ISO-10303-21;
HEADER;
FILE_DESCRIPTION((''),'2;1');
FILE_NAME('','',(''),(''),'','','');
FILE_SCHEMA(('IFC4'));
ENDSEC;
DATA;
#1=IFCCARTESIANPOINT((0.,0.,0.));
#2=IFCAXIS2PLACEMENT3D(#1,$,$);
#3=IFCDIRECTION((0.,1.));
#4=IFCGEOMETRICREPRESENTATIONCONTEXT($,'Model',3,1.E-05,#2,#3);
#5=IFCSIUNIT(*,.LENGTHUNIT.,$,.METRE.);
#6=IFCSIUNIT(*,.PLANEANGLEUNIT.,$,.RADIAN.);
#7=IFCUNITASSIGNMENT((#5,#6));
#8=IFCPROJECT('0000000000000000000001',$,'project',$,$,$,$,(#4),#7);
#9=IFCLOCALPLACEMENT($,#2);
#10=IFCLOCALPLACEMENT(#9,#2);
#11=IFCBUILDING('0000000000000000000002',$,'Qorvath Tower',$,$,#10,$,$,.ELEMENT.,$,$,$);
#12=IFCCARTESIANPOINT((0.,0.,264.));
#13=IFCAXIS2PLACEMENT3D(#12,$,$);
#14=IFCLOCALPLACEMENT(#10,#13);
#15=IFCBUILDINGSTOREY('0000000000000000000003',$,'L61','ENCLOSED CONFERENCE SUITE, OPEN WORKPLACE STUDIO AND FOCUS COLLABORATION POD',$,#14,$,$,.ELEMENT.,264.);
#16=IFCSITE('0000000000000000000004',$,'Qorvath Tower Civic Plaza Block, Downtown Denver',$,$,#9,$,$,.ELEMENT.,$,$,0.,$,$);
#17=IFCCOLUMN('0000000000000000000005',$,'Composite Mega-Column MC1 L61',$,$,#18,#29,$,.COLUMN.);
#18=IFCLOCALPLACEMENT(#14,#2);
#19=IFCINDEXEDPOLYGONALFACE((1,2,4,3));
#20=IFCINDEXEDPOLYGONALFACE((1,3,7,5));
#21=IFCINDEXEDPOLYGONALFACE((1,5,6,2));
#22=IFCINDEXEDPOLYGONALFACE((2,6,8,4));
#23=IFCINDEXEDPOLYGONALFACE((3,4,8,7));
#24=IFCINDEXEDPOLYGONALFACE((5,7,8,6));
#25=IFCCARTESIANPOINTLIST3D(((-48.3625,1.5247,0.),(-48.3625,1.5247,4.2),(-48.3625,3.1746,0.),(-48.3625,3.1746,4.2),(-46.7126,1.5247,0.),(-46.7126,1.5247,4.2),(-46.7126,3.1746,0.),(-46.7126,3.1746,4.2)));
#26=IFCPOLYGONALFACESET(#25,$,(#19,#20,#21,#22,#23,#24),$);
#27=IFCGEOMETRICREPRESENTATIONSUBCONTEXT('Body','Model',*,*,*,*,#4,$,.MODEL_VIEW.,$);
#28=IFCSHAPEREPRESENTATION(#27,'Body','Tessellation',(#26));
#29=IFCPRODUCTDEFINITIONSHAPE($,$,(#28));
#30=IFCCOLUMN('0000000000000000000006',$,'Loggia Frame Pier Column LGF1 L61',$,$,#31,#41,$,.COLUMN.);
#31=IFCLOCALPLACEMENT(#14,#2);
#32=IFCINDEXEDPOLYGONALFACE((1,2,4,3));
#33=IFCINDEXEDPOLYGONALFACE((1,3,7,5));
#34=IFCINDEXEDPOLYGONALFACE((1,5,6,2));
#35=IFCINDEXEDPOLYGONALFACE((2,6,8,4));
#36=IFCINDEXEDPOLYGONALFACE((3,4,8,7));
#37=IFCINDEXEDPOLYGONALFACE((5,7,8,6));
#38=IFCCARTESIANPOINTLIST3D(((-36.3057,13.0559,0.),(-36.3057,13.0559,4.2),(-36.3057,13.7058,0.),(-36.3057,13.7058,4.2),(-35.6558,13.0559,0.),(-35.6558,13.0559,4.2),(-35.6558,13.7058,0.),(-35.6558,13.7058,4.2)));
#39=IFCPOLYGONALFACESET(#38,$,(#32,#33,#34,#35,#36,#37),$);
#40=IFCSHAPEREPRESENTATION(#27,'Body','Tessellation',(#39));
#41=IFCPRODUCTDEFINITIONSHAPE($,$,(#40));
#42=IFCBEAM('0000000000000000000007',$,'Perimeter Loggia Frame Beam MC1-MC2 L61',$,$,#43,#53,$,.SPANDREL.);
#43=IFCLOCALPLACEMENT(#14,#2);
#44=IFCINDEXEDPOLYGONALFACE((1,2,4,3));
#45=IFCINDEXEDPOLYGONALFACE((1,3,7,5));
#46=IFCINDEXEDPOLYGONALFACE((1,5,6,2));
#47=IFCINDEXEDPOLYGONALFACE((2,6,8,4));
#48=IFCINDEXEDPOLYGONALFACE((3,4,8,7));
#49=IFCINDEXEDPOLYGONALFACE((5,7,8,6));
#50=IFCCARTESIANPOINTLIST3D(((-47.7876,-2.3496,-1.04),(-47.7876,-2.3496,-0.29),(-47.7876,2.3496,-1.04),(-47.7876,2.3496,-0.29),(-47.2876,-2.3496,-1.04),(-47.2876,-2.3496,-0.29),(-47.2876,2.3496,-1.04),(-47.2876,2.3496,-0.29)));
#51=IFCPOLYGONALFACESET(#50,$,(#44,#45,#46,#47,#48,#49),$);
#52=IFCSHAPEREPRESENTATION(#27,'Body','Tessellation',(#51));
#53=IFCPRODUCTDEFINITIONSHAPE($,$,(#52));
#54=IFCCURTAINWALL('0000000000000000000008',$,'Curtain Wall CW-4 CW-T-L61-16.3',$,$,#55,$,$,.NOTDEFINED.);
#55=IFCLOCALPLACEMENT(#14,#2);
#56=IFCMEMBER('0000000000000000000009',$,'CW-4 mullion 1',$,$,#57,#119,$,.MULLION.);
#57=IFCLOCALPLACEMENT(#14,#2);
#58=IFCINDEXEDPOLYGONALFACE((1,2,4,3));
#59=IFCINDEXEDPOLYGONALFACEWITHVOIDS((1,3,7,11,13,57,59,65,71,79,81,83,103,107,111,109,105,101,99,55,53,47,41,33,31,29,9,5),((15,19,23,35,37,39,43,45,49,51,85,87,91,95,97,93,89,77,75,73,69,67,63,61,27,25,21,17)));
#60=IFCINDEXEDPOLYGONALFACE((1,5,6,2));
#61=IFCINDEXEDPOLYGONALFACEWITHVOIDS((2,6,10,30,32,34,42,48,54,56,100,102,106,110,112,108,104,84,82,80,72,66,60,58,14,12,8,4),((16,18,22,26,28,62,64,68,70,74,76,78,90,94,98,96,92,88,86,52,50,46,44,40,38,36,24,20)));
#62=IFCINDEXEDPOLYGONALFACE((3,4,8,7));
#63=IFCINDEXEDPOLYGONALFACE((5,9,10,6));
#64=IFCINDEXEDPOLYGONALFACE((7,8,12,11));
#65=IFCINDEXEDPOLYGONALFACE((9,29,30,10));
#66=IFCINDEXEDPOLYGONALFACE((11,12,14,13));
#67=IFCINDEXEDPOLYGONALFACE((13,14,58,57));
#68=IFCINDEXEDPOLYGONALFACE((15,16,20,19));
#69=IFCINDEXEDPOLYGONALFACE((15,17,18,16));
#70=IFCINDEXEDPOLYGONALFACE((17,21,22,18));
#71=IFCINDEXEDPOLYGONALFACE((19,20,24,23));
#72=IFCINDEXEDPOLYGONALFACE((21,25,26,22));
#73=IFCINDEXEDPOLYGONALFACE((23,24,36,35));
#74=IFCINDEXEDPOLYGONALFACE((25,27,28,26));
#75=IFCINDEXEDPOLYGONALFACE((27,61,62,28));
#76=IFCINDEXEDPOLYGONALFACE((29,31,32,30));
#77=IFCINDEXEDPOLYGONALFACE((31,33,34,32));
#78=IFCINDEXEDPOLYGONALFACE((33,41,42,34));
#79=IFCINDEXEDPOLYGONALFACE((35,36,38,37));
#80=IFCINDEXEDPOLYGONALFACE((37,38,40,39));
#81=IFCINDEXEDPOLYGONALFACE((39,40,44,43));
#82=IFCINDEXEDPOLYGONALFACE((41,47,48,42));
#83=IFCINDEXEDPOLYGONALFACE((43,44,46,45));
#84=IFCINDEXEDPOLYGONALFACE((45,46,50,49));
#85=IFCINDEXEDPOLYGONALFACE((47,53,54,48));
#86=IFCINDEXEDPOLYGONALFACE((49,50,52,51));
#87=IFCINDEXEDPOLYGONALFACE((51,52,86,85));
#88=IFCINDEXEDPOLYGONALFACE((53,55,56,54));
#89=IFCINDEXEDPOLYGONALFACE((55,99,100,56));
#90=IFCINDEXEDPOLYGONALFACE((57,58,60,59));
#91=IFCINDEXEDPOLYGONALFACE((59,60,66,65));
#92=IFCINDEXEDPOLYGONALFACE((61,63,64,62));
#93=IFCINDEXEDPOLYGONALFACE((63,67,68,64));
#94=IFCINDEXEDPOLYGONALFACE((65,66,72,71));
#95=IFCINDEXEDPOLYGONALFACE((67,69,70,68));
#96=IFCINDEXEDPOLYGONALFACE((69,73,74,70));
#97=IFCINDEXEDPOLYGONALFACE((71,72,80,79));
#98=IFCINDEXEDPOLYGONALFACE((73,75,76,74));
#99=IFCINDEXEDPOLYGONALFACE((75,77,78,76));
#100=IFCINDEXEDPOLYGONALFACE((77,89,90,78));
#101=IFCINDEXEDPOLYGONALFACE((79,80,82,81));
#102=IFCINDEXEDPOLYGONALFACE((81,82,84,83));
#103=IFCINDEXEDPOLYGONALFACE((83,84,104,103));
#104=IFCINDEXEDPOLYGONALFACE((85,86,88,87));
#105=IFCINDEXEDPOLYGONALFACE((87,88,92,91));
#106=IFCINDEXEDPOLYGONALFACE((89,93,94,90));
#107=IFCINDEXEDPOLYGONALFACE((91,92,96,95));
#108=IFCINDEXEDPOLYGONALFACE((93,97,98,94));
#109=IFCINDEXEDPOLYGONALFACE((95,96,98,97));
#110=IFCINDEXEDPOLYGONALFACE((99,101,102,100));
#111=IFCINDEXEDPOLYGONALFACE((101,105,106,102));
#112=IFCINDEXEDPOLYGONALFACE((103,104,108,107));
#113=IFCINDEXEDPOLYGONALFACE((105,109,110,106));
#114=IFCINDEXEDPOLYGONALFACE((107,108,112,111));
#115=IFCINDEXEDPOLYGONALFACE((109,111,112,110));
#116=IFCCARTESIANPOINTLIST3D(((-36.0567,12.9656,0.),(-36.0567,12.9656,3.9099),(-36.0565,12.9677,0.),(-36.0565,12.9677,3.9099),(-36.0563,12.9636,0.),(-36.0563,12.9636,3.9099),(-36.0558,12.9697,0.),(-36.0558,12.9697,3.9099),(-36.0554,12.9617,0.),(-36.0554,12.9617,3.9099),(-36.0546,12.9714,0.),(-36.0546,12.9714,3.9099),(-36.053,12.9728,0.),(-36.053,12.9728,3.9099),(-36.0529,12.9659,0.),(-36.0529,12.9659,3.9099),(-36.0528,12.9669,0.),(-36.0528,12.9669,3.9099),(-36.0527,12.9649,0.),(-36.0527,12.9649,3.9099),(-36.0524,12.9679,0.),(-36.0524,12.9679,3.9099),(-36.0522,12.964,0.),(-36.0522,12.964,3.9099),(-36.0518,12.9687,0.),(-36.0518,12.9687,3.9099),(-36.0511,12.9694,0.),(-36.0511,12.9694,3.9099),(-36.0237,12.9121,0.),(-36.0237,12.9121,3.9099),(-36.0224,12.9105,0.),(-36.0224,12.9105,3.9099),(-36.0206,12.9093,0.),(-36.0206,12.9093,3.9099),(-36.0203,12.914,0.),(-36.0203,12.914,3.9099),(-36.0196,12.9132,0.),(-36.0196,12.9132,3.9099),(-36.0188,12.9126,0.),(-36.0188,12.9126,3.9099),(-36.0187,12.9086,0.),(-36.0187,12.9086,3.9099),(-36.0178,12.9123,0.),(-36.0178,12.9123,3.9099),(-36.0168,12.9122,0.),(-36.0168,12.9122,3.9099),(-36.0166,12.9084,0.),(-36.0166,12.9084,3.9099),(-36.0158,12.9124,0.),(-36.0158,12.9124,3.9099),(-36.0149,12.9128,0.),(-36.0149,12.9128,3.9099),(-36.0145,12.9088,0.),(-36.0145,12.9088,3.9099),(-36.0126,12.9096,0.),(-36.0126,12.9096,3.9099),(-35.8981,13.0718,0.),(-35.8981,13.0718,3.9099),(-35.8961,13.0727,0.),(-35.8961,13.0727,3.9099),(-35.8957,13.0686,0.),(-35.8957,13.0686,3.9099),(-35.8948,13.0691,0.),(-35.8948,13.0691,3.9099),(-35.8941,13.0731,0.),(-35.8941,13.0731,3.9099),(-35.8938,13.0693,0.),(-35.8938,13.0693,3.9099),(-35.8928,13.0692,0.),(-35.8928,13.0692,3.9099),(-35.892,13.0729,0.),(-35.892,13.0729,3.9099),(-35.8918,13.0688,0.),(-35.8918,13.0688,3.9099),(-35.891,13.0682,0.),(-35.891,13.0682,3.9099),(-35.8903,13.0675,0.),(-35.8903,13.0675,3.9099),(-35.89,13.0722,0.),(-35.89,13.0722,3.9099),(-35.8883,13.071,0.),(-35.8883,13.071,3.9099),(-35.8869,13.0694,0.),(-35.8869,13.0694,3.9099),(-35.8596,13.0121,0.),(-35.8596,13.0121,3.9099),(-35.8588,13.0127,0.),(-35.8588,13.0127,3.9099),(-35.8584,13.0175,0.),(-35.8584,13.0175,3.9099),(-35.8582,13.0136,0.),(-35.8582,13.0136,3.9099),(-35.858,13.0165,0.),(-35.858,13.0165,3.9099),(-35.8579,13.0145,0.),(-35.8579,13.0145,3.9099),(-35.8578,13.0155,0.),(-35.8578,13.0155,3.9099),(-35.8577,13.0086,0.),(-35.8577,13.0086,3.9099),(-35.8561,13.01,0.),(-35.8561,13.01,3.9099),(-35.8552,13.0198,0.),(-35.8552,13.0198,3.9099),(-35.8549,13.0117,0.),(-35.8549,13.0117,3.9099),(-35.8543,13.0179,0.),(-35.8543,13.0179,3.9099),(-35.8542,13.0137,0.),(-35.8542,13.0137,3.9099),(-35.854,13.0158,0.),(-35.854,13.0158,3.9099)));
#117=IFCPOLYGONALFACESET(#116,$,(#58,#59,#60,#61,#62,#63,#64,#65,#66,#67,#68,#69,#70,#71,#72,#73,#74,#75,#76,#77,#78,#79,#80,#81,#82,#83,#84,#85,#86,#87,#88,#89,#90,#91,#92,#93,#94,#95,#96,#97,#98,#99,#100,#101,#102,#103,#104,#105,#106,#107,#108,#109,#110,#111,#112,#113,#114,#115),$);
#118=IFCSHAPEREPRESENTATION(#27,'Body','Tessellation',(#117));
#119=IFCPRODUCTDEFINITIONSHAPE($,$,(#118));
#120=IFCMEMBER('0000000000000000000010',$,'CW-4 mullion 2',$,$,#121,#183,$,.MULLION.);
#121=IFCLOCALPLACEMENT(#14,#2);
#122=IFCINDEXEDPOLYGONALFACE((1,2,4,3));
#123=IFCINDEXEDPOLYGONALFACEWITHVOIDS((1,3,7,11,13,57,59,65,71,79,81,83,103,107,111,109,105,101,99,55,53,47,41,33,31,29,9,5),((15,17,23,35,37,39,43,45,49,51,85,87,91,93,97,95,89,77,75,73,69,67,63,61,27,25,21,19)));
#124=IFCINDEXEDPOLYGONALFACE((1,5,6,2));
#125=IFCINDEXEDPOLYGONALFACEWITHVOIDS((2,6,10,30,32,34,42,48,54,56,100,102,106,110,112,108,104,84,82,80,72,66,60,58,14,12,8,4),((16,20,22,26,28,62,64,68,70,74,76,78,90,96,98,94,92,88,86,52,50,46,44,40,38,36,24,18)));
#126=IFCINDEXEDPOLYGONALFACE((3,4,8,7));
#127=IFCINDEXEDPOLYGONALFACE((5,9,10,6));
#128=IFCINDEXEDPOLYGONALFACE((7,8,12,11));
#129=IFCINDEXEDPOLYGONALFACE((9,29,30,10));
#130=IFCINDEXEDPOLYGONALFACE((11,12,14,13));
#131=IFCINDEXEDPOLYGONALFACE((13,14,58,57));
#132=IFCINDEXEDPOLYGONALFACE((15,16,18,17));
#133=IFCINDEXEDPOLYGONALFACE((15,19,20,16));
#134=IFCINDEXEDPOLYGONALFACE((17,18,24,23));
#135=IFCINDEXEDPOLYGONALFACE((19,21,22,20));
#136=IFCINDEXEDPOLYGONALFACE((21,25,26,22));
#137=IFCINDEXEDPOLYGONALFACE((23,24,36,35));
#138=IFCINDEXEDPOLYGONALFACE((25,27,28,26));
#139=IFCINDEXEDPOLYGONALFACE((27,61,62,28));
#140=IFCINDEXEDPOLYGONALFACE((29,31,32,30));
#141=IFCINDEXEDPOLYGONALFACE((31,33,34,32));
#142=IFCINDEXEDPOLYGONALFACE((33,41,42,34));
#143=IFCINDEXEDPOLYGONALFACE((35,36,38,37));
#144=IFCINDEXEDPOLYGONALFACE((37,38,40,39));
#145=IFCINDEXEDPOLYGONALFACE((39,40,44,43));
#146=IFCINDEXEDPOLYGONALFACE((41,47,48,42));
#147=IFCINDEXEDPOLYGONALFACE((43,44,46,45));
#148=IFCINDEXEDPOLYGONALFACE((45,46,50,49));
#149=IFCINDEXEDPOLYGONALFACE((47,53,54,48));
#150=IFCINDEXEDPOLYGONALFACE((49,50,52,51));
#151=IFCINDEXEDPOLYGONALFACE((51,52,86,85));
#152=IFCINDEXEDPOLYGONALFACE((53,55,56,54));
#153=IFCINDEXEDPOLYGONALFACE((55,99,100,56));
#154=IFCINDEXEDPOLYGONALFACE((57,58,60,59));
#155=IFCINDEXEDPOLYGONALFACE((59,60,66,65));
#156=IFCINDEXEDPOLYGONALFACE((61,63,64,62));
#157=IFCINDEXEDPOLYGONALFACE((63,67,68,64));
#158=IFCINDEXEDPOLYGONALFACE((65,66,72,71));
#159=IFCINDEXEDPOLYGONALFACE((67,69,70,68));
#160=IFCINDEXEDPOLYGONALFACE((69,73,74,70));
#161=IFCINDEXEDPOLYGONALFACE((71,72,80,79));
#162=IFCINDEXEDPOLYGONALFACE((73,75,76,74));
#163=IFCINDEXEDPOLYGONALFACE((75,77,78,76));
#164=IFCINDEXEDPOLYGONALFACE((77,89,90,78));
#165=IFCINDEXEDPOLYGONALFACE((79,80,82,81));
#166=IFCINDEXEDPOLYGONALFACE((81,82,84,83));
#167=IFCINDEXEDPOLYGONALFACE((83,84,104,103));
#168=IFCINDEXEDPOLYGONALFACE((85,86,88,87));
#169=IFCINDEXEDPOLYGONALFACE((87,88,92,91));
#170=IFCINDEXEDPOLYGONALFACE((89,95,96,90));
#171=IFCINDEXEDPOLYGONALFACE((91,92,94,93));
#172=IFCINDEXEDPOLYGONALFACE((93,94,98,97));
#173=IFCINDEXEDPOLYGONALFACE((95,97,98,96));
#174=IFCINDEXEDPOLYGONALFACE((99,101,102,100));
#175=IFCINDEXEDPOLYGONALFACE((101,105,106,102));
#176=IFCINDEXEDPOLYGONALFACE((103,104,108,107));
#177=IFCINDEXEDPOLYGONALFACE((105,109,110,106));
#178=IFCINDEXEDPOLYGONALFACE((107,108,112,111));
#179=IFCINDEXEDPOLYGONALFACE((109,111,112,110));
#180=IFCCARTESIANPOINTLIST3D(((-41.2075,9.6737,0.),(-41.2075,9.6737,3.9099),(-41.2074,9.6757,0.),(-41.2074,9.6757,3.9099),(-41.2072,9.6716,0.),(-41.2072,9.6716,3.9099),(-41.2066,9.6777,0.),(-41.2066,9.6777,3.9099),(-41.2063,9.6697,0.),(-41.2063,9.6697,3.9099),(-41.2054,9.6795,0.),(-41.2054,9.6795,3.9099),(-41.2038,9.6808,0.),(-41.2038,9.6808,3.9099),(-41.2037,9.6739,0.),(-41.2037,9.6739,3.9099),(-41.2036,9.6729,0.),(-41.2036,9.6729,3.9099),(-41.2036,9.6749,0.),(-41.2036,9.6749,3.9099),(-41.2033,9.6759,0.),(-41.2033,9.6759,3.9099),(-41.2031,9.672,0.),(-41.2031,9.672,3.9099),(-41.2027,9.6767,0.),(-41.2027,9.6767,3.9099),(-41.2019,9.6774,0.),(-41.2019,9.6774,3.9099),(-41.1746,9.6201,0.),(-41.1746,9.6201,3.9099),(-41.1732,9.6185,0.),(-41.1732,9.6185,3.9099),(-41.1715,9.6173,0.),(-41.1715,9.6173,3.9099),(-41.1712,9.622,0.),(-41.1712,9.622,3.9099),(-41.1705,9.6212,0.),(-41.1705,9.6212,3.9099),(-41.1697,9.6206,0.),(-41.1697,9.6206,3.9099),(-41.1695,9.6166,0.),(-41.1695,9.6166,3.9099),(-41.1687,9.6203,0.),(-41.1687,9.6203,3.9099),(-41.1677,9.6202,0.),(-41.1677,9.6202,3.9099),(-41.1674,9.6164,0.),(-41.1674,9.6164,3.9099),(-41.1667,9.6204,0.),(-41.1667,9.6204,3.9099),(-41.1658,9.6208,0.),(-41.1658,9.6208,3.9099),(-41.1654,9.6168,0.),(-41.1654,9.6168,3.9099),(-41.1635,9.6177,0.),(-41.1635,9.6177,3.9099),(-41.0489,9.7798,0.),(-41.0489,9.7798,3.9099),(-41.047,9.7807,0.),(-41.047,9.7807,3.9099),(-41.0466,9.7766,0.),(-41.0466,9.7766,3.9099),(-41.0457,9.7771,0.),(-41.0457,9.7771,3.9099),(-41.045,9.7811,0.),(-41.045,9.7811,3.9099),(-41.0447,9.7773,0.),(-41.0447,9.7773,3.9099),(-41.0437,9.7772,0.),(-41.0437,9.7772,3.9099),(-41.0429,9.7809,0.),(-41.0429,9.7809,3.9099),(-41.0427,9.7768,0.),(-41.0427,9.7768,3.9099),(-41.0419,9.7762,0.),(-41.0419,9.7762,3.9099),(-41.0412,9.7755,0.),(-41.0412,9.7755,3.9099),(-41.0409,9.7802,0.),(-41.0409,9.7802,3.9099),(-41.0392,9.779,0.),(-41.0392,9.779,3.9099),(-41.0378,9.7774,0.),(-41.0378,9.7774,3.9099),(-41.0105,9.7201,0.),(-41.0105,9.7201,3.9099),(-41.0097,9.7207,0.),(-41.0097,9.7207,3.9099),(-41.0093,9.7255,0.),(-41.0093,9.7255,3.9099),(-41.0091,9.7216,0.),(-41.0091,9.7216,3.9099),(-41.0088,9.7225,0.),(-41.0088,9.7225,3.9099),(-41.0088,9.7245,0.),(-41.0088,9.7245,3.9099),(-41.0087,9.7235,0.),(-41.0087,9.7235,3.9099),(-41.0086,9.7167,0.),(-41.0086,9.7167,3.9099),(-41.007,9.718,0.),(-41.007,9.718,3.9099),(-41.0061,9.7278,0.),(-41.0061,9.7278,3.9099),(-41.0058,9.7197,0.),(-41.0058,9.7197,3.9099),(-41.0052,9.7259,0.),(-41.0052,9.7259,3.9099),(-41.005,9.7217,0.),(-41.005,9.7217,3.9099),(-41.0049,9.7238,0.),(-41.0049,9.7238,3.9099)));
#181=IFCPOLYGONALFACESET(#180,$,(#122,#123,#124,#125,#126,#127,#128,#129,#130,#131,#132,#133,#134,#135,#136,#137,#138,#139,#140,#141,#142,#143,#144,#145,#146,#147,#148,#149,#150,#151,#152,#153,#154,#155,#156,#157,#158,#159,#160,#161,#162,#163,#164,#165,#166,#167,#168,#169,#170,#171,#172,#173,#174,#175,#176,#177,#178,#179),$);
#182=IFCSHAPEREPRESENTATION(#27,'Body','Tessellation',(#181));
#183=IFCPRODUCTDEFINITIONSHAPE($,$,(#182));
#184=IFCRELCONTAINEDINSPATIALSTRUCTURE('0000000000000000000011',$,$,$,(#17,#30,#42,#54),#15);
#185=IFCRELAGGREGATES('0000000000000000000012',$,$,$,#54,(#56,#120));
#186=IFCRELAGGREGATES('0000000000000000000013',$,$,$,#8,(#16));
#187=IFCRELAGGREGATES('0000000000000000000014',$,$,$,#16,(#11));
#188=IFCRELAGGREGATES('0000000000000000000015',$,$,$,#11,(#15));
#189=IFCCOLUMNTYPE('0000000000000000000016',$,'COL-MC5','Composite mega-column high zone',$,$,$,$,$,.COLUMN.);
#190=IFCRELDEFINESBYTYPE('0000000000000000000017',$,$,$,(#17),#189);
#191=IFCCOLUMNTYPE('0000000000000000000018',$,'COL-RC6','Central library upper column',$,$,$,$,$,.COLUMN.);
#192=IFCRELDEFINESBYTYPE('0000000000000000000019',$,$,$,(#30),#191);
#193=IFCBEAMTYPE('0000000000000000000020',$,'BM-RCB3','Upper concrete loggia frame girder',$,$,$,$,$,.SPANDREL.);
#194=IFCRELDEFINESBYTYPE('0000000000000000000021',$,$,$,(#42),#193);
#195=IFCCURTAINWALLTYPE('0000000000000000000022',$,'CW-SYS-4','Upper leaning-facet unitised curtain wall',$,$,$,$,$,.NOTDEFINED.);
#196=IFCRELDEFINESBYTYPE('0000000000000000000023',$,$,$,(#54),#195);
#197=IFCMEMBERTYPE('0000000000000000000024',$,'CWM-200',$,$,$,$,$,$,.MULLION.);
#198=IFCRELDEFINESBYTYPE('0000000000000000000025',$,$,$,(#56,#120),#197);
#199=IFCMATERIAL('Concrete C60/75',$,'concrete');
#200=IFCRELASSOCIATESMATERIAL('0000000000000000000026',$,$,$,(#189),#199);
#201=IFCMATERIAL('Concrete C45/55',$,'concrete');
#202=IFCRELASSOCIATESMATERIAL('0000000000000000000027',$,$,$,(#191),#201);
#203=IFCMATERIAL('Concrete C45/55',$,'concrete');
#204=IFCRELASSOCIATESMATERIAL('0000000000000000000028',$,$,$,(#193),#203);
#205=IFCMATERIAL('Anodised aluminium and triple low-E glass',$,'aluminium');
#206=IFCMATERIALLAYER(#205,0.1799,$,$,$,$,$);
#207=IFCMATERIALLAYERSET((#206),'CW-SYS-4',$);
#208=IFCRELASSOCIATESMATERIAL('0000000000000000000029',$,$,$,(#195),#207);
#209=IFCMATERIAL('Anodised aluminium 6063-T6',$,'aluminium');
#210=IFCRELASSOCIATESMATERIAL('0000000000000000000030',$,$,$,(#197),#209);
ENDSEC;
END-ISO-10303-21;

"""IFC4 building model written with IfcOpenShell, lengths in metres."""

from ifc_helpers import new_model, si_unit, direction, frame, origin, origin_2d, place, context, subcontext, project, spatial, rectangle, hollow_rectangle, extrude, material, layer, layer_set, material_profile, profile_set, type_object, element, aggregate, save


model = new_model("IFC4")

# Units and contexts
model_context = context("Model", 3, precision=1e-05, world=origin(), true_north=direction((0.0, 1.0)))
body_context = subcontext(model_context, "Body", "Model", "MODEL_VIEW")
ifc_project = project(units=[si_unit("LENGTHUNIT", "METRE"), si_unit("PLANEANGLEUNIT", "RADIAN")], contexts=[model_context])

# Site, building, storey
site_placement = place(None, origin())
site = spatial("IfcSite", under=ifc_project, at=site_placement, Name="Qorvath Tower Civic Plaza Block, Downtown Denver", CompositionType="ELEMENT", RefElevation=0.0)
building_placement = place(site_placement, origin())
building = spatial("IfcBuilding", under=site, at=building_placement, Name="Qorvath Tower", CompositionType="ELEMENT")
storey_placement = place(building_placement, frame((0.0, 0.0, 264.0)))
storey = spatial("IfcBuildingStorey", under=building, at=storey_placement, Name="L61", Description="ENCLOSED CONFERENCE SUITE, OPEN WORKPLACE STUDIO AND FOCUS COLLABORATION POD", CompositionType="ELEMENT", Elevation=264.0)

# Columns
ifc_material_1 = material(Name="Concrete C60/75", Category="concrete")
ifc_material_profile_1 = material_profile(ifc_material_1, rectangle(XDim=1.6499, YDim=1.6499, at=origin_2d()), Name="MC 1650x1650")
ifc_profile_set_1 = profile_set([ifc_material_profile_1], Name="Concrete C60/75")
column_type_1 = type_object("IfcColumnType", Name="COL-MC5", Description="Composite mega-column high zone", PredefinedType="COLUMN", material=ifc_profile_set_1)
column_1_placement = place(storey_placement, frame((-47.5376, 2.3496, 0.0), z_axis=(0.0, 0.0, 1.0), x_axis=(1.0, 0.0, 0.0)))
element("IfcColumn", 1, at=column_1_placement, inside=storey, type_object=column_type_1, Name="Composite Mega-Column MC1 L61", PredefinedType="COLUMN", context=body_context, shape_type="SweptSolid", body=[
    extrude(rectangle(XDim=1.6499, YDim=1.6499, at=origin_2d()), origin(), (0.0, 0.0, 1.0), 4.2),
])
ifc_material_2 = material(Name="Concrete C45/55", Category="concrete")
ifc_material_profile_2 = material_profile(ifc_material_2, rectangle(XDim=0.6499, YDim=0.6499, at=origin_2d()), Name="RC 650x650")
ifc_profile_set_2 = profile_set([ifc_material_profile_2], Name="Concrete C45/55")
column_type_2 = type_object("IfcColumnType", Name="COL-RC6", Description="Central library upper column", PredefinedType="COLUMN", material=ifc_profile_set_2)
column_2_placement = place(storey_placement, frame((-35.9807, 13.3809, 0.0), z_axis=(0.0, 0.0, 1.0), x_axis=(1.0, 0.0, 0.0)))
element("IfcColumn", 2, at=column_2_placement, inside=storey, type_object=column_type_2, Name="Loggia Frame Pier Column LGF1 L61", PredefinedType="COLUMN", context=body_context, shape_type="SweptSolid", body=[
    extrude(rectangle(XDim=0.6499, YDim=0.6499, at=origin_2d()), origin(), (0.0, 0.0, 1.0), 4.2),
])

# Beam
ifc_material_3 = material(Name="Concrete C45/55", Category="concrete")
ifc_material_profile_3 = material_profile(ifc_material_3, rectangle(XDim=0.5, YDim=0.75, at=origin_2d()), Name="RCB 750x500")
ifc_profile_set_3 = profile_set([ifc_material_profile_3], Name="Concrete C45/55")
beam_type = type_object("IfcBeamType", Name="BM-RCB3", Description="Upper concrete loggia frame girder", PredefinedType="SPANDREL", material=ifc_profile_set_3)
beam_placement = place(storey_placement, frame((-47.5376, 2.3496, -0.665), z_axis=(0.0, -1.0, 0.0), x_axis=(1.0, 0.0, 0.0)))
element("IfcBeam", 3, at=beam_placement, inside=storey, type_object=beam_type, Name="Perimeter Loggia Frame Beam MC1-MC2 L61", PredefinedType="SPANDREL", context=body_context, shape_type="SweptSolid", body=[
    extrude(rectangle(XDim=0.5, YDim=0.75, at=origin_2d()), origin(), (0.0, 0.0, 1.0), 4.6992),
])

# Curtain wall, members
ifc_material_4 = material(Name="Anodised aluminium and triple low-E glass", Category="aluminium")
ifc_layer_1 = layer(ifc_material_4, 0.1799)
ifc_layer_set_1 = layer_set([ifc_layer_1], Name="CW-SYS-4")
curtain_wall_type = type_object("IfcCurtainWallType", Name="CW-SYS-4", Description="Upper leaning-facet unitised curtain wall", PredefinedType="NOTDEFINED", material=ifc_layer_set_1)
curtain_wall_placement = place(storey_placement, origin())
curtain_wall = element("IfcCurtainWall", 4, at=curtain_wall_placement, inside=storey, type_object=curtain_wall_type, Name="Curtain Wall CW-4 CW-T-L61-16.3", PredefinedType="NOTDEFINED")
ifc_material_5 = material(Name="Anodised aluminium 6063-T6", Category="aluminium")
ifc_material_profile_4 = material_profile(ifc_material_5, hollow_rectangle(XDim=0.075, YDim=0.2, WallThickness=0.0039, InnerFilletRadius=0.0039, OuterFilletRadius=0.0081, at=origin_2d()), Name="CWM 200x75")
ifc_profile_set_4 = profile_set([ifc_material_profile_4], Name="Anodised aluminium 6063-T6")
member_type_1 = type_object("IfcMemberType", Name="CWM-200", PredefinedType="MULLION", material=ifc_profile_set_4)
member_1_placement = place(storey_placement, frame((-35.9553, 12.9907, 0.0), z_axis=(0.0, 0.0, 1.0), x_axis=(0.538533, -0.842604, 0.0)))
member_1 = element("IfcMember", 5, at=member_1_placement, type_object=member_type_1, Name="CW-4 mullion 1", PredefinedType="MULLION", context=body_context, shape_type="SweptSolid", body=[
    extrude(hollow_rectangle(XDim=0.075, YDim=0.2, WallThickness=0.0039, InnerFilletRadius=0.0039, OuterFilletRadius=0.0081, at=origin_2d()), origin(), (0.0, 0.0, 1.0), 3.9099),
])
member_2_placement = place(storey_placement, frame((-41.1062, 9.6987, 0.0), z_axis=(0.0, 0.0, 1.0), x_axis=(0.538533, -0.842604, 0.0)))
member_2 = element("IfcMember", 6, at=member_2_placement, type_object=member_type_1, Name="CW-4 mullion 2", PredefinedType="MULLION", context=body_context, shape_type="SweptSolid", body=[
    extrude(hollow_rectangle(XDim=0.075, YDim=0.2, WallThickness=0.0039, InnerFilletRadius=0.0039, OuterFilletRadius=0.0081, at=origin_2d()), origin(), (0.0, 0.0, 1.0), 3.9099),
])
aggregate(curtain_wall, [member_1, member_2])

save(model, "model.ifc")
